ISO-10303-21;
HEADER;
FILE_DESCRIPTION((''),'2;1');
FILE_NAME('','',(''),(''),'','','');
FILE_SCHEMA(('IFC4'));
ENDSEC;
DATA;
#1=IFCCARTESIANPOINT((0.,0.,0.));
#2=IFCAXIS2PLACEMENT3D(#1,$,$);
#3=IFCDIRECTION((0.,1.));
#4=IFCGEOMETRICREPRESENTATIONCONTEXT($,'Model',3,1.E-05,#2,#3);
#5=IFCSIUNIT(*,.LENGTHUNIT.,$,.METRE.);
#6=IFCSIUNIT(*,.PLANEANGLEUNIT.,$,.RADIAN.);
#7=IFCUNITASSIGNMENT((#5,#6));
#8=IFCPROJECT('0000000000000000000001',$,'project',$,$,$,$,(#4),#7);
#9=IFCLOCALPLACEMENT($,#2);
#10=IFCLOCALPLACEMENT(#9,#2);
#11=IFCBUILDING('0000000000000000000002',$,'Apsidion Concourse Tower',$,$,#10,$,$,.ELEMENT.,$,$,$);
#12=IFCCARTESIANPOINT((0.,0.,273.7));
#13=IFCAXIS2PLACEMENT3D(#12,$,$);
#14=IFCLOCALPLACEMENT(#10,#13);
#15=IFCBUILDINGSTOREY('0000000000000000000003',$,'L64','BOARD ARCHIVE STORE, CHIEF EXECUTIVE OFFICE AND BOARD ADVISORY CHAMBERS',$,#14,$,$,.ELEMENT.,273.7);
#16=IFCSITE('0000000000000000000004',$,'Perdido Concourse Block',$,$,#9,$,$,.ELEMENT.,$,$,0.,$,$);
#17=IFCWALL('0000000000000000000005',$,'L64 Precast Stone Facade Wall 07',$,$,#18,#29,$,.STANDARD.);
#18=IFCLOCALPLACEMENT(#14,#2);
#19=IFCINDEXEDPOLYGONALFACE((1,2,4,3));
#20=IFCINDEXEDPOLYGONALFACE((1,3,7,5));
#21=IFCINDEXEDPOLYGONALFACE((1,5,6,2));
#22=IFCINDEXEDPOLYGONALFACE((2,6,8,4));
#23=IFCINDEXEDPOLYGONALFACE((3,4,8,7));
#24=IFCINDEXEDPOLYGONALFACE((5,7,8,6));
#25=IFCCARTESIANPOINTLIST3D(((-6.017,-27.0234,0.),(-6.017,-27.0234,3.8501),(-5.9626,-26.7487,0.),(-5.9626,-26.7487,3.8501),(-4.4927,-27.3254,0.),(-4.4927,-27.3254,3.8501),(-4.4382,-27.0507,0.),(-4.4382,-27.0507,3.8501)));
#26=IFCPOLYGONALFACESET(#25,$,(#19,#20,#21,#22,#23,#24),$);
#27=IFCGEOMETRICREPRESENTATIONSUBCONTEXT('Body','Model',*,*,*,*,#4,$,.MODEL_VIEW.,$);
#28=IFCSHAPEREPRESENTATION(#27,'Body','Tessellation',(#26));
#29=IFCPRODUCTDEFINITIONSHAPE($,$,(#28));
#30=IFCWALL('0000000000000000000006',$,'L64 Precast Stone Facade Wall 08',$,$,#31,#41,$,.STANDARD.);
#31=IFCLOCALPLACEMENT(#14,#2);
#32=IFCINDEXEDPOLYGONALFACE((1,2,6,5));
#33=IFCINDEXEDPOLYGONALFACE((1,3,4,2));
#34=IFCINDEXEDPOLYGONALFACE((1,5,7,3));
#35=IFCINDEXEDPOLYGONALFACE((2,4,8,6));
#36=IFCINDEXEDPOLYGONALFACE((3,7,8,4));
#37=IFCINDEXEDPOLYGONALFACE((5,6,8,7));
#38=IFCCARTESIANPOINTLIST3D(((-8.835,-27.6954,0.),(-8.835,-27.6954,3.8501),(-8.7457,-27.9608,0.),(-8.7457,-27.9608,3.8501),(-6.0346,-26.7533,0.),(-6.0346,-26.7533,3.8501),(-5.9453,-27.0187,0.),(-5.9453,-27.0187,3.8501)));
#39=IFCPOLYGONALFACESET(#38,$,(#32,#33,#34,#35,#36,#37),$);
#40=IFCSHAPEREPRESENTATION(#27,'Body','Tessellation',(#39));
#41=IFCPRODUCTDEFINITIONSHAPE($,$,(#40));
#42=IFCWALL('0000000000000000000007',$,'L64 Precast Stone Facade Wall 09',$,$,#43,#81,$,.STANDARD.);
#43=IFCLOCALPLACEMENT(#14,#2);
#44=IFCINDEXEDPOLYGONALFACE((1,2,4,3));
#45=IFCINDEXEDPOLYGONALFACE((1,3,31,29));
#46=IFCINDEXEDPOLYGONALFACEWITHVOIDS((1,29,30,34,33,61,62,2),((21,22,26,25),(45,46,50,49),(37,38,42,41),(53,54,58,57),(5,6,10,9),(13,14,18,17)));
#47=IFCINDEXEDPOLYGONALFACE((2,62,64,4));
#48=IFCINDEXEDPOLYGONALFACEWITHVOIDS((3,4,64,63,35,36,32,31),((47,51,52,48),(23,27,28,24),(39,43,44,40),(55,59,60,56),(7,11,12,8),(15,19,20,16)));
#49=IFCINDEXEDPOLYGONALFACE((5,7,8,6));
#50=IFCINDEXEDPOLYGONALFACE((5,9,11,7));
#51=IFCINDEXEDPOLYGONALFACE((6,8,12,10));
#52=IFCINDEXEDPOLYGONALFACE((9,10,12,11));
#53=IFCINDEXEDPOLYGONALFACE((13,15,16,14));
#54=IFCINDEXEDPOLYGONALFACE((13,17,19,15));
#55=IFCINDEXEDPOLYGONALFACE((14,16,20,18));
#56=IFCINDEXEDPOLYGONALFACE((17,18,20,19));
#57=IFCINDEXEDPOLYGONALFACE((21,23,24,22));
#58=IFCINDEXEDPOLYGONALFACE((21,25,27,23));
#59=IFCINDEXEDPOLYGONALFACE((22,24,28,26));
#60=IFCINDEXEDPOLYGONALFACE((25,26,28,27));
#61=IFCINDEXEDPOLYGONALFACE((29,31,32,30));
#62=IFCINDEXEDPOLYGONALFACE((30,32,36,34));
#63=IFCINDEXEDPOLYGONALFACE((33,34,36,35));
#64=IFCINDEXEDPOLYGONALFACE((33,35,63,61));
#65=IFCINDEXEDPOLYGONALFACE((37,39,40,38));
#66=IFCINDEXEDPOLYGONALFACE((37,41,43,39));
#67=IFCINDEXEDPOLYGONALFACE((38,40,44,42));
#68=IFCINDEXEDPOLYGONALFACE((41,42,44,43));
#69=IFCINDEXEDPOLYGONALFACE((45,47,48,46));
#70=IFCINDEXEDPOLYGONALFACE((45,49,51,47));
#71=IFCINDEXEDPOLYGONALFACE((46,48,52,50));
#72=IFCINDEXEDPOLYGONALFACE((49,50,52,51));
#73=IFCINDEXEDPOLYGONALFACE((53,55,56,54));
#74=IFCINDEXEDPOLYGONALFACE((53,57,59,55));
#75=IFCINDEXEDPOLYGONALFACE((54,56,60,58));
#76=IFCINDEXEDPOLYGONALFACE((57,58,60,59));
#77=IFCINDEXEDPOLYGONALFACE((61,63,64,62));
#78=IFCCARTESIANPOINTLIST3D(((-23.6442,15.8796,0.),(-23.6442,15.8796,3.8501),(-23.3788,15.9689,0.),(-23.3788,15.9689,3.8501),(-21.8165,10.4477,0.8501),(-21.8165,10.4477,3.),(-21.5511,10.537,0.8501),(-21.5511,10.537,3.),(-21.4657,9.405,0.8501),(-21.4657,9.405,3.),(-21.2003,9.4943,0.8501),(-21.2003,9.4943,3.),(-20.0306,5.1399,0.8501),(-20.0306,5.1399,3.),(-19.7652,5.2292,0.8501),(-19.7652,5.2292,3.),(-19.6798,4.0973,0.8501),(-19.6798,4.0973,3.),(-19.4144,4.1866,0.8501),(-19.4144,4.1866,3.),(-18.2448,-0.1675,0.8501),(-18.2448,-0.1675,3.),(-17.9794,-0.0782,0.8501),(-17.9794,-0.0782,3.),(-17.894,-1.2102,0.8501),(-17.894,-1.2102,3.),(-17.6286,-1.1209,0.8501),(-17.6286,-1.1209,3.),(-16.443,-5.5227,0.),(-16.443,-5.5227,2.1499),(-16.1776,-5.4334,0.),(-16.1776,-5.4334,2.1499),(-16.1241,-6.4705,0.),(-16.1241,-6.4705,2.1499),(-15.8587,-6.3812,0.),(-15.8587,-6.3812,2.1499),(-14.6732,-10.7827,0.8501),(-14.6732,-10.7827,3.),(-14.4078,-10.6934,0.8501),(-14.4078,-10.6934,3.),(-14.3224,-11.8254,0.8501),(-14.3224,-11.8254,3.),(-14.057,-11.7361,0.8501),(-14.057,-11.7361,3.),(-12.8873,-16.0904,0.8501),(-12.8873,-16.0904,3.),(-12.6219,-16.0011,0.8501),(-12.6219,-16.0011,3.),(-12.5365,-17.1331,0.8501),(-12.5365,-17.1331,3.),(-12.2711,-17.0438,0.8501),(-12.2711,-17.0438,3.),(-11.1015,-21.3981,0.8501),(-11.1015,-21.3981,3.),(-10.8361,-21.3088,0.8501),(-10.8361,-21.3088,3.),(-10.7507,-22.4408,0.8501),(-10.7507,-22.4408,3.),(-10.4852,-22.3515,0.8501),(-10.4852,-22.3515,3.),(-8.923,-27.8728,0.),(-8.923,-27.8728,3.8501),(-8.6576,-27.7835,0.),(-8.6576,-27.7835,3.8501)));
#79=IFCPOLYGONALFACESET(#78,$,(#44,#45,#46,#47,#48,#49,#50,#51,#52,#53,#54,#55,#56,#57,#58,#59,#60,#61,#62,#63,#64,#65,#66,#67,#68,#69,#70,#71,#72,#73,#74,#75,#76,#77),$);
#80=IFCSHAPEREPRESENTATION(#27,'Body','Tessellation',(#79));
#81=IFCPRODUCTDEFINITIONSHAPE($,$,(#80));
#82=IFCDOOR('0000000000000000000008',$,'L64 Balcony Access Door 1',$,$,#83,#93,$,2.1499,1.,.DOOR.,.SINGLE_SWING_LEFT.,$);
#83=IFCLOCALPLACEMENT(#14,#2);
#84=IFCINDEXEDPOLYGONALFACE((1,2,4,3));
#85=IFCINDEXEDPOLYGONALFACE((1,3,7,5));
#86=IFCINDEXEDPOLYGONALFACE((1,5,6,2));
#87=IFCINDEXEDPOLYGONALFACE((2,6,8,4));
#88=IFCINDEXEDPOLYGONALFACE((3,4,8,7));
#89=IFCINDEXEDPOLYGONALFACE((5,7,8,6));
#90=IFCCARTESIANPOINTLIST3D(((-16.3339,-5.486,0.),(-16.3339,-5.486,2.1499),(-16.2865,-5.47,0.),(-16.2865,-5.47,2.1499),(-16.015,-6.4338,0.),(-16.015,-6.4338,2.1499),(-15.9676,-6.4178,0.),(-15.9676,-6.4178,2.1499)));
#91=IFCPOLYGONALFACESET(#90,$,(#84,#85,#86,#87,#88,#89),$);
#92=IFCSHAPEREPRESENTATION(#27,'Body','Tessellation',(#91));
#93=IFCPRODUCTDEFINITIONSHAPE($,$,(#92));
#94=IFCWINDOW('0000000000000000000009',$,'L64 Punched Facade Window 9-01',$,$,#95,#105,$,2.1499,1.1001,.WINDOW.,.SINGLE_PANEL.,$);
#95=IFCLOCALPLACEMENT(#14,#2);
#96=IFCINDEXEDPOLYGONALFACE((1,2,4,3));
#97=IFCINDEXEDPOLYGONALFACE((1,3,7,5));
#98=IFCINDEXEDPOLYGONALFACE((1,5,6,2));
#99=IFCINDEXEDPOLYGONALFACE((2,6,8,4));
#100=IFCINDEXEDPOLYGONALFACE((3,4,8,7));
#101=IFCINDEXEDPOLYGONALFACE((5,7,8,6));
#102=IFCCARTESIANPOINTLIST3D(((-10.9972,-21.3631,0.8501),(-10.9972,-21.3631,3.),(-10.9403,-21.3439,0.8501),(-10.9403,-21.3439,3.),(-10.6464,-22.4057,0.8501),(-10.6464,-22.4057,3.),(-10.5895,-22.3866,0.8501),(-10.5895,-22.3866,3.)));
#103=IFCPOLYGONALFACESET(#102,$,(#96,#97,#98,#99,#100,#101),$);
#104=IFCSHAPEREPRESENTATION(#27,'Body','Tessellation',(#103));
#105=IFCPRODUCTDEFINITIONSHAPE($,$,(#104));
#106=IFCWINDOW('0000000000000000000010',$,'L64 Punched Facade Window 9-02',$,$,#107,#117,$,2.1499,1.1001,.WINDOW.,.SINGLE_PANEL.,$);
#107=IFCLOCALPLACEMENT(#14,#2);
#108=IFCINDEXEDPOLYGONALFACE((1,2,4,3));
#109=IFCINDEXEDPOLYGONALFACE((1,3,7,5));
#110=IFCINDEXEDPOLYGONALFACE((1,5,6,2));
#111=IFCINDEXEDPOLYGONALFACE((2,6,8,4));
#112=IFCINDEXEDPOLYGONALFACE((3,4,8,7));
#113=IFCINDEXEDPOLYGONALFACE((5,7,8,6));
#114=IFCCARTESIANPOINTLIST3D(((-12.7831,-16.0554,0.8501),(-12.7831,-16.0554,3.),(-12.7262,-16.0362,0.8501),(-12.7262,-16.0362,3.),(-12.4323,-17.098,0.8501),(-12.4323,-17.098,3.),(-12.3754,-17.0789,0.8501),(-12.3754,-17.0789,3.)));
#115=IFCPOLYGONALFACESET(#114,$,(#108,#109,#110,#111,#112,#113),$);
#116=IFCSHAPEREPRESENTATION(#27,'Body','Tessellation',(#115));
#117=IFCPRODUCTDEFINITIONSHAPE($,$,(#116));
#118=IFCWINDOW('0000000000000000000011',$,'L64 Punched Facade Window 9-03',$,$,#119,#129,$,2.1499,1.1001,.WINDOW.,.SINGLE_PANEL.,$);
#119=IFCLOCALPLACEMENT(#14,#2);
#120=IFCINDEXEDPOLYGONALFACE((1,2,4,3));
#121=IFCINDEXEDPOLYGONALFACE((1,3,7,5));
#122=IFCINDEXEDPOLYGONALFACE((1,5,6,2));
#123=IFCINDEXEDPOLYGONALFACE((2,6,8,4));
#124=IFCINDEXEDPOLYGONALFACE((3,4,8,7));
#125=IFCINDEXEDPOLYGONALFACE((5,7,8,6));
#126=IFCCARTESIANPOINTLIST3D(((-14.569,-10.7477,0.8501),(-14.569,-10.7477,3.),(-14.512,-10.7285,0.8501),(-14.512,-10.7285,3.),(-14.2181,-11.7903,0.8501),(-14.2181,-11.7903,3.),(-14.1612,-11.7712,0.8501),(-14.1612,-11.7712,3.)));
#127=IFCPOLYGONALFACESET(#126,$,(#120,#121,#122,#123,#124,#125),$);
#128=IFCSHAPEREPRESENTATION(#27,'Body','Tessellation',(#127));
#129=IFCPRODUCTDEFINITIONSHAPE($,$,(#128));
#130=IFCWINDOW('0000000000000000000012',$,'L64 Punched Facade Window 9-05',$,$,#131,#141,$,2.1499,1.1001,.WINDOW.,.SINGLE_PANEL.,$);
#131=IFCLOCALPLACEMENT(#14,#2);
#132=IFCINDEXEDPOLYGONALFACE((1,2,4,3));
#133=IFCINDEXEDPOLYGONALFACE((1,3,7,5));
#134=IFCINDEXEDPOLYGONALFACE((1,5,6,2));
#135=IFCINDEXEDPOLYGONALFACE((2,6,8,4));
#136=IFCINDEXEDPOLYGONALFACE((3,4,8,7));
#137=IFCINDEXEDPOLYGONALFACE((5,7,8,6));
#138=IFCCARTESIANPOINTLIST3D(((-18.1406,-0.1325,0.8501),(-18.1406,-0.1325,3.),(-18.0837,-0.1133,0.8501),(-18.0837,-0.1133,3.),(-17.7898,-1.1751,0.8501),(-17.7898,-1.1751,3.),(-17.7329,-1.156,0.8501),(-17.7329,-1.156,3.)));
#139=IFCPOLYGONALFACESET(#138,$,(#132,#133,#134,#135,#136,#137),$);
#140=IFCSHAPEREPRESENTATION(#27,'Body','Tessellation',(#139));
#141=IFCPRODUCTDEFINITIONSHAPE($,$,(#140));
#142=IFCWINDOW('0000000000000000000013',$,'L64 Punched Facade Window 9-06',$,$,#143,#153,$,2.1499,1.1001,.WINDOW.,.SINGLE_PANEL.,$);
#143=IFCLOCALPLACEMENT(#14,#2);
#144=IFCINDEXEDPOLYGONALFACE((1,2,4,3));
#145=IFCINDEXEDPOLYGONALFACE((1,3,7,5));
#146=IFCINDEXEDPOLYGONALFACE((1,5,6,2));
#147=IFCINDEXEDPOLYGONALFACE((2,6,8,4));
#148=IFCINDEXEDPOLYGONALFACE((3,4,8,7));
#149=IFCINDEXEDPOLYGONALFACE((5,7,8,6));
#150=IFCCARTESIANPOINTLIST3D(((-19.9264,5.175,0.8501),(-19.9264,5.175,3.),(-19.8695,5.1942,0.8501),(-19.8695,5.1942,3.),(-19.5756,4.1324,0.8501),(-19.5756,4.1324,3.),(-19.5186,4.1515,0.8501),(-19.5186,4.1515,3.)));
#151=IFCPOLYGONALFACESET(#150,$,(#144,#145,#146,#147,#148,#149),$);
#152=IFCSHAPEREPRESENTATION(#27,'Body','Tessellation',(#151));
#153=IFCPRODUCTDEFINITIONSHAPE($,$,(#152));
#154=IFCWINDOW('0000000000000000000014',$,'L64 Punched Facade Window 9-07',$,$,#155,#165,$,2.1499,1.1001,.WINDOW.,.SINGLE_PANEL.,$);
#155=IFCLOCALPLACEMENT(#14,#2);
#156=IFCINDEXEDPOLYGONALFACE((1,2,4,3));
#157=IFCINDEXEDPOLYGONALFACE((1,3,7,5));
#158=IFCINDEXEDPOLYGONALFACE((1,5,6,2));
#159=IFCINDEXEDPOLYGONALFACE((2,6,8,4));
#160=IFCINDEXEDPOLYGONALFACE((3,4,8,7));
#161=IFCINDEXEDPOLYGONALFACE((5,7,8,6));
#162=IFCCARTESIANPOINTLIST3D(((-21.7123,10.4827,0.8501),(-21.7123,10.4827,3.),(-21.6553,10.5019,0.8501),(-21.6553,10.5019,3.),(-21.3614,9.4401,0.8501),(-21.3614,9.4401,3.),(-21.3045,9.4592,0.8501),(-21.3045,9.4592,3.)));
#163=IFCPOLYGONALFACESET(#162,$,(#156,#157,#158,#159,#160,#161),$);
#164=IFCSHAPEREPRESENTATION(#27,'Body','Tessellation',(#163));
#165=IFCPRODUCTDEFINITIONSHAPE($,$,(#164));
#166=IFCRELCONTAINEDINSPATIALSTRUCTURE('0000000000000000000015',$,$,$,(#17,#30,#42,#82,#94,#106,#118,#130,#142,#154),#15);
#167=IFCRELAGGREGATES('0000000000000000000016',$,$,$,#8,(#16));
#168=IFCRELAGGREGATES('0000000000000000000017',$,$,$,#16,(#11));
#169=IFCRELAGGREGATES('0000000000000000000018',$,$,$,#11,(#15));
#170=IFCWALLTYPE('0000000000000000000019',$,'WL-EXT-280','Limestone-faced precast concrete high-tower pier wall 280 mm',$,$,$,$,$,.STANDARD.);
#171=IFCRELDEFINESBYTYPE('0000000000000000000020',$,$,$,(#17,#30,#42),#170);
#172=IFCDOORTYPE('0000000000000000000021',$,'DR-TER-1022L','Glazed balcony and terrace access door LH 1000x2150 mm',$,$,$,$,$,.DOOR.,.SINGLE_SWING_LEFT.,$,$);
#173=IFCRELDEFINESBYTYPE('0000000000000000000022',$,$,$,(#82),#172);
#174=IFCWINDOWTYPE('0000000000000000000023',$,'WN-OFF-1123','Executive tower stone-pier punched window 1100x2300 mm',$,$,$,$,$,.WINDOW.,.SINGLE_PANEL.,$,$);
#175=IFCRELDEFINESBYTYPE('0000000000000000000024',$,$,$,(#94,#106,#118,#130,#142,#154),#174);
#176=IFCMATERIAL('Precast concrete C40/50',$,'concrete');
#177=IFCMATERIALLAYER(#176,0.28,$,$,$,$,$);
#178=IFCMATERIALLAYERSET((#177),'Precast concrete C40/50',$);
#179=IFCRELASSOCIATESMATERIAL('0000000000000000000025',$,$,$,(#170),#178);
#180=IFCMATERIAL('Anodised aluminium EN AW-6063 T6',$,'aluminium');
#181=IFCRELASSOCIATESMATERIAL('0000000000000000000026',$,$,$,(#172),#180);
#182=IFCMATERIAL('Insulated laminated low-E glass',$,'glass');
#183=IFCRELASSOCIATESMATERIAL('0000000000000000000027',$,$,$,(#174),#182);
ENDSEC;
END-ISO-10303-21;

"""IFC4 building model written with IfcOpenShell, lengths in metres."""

from ifc_helpers import new_model, si_unit, direction, frame, frame_2d, origin, place, context, subcontext, project, spatial, rectangle, extrude, material, layer, layer_set, type_object, element, fill, save


model = new_model("IFC4")

# Units and contexts
model_context = context("Model", 3, precision=1e-05, world=origin(), true_north=direction((0.0, 1.0)))
body_context = subcontext(model_context, "Body", "Model", "MODEL_VIEW")
ifc_project = project(units=[si_unit("LENGTHUNIT", "METRE"), si_unit("PLANEANGLEUNIT", "RADIAN")], contexts=[model_context])

# Site, building, storey
site_placement = place(None, origin())
site = spatial("IfcSite", under=ifc_project, at=site_placement, Name="Perdido Concourse Block", CompositionType="ELEMENT", RefElevation=0.0)
building_placement = place(site_placement, origin())
building = spatial("IfcBuilding", under=site, at=building_placement, Name="Apsidion Concourse Tower", CompositionType="ELEMENT")
storey_placement = place(building_placement, frame((0.0, 0.0, 273.7)))
storey = spatial("IfcBuildingStorey", under=building, at=storey_placement, Name="L64", Description="BOARD ARCHIVE STORE, CHIEF EXECUTIVE OFFICE AND BOARD ADVISORY CHAMBERS", CompositionType="ELEMENT", Elevation=273.7)

# Walls
ifc_material_1 = material(Name="Precast concrete C40/50", Category="concrete")
ifc_layer_1 = layer(ifc_material_1, 0.28)
ifc_layer_set_1 = layer_set([ifc_layer_1], Name="Precast concrete C40/50")
wall_type_1 = type_object("IfcWallType", Name="WL-EXT-280", Description="Limestone-faced precast concrete high-tower pier wall 280 mm", PredefinedType="STANDARD", material=ifc_layer_set_1)
wall_1_placement = place(storey_placement, frame((-4.4656, -27.188, 0.0), z_axis=(0.0, 0.0, 1.0), x_axis=(-0.980936, 0.194333, 0.0)))
element("IfcWall", 1, at=wall_1_placement, inside=storey, type_object=wall_type_1, Name="L64 Precast Stone Facade Wall 07", PredefinedType="STANDARD", context=body_context, shape_type="SweptSolid", body=[
    extrude(rectangle(XDim=1.554, YDim=0.28, at=frame_2d((0.7769, 0.0))), origin(), (0.0, 0.0, 1.0), 3.8501),
])
wall_2_placement = place(storey_placement, frame((-5.99, -26.886, 0.0), z_axis=(0.0, 0.0, 1.0), x_axis=(-0.947795, -0.318879, 0.0)))
element("IfcWall", 2, at=wall_2_placement, inside=storey, type_object=wall_type_1, Name="L64 Precast Stone Facade Wall 08", PredefinedType="STANDARD", context=body_context, shape_type="SweptSolid", body=[
    extrude(rectangle(XDim=2.9546, YDim=0.28, at=frame_2d((1.4773, 0.0))), origin(), (0.0, 0.0, 1.0), 3.8501),
])

# Wall, openings, door, windows
wall_3_placement = place(storey_placement, frame((-8.7903, -27.8281, 0.0), z_axis=(0.0, 0.0, 1.0), x_axis=(-0.318898, 0.947789, 0.0)))
wall_3 = element("IfcWall", 3, at=wall_3_placement, inside=storey, type_object=wall_type_1, Name="L64 Precast Stone Facade Wall 09", PredefinedType="STANDARD", context=body_context, shape_type="SweptSolid", body=[
    extrude(rectangle(XDim=46.1626, YDim=0.28, at=frame_2d((23.0813, 0.0))), origin(), (0.0, 0.0, 1.0), 3.8501),
])
opening_1_placement = place(wall_3_placement, frame((22.5813, 0.0, 0.0)))
opening_1 = element("IfcOpeningElement", 4, at=opening_1_placement, cuts=wall_3, PredefinedType="OPENING", context=body_context, shape_type="SweptSolid", body=[
    extrude(rectangle(XDim=1.0, YDim=2.1499, at=frame_2d((0.5, 1.075))), frame((0.0, 0.1499, 0.0), z_axis=(0.0, -1.0, 0.0), x_axis=(1.0, 0.0, 0.0)), (0.0, 0.0, 1.0), 0.3),
])
opening_2_placement = place(wall_3_placement, frame((5.7312, 0.0, 0.8501)))
opening_2 = element("IfcOpeningElement", 5, at=opening_2_placement, cuts=wall_3, PredefinedType="OPENING", context=body_context, shape_type="SweptSolid", body=[
    extrude(rectangle(XDim=1.1001, YDim=2.1499, at=frame_2d((0.55, 1.075))), frame((0.0, 0.1499, 0.0), z_axis=(0.0, -1.0, 0.0), x_axis=(1.0, 0.0, 0.0)), (0.0, 0.0, 1.0), 0.3),
])
opening_3_placement = place(wall_3_placement, frame((11.3313, 0.0, 0.8501)))
opening_3 = element("IfcOpeningElement", 6, at=opening_3_placement, cuts=wall_3, PredefinedType="OPENING", context=body_context, shape_type="SweptSolid", body=[
    extrude(rectangle(XDim=1.1001, YDim=2.1499, at=frame_2d((0.55, 1.075))), frame((0.0, 0.1499, 0.0), z_axis=(0.0, -1.0, 0.0), x_axis=(1.0, 0.0, 0.0)), (0.0, 0.0, 1.0), 0.3),
])
opening_4_placement = place(wall_3_placement, frame((16.9314, 0.0, 0.8501)))
opening_4 = element("IfcOpeningElement", 7, at=opening_4_placement, cuts=wall_3, PredefinedType="OPENING", context=body_context, shape_type="SweptSolid", body=[
    extrude(rectangle(XDim=1.1001, YDim=2.1499, at=frame_2d((0.55, 1.075))), frame((0.0, 0.1499, 0.0), z_axis=(0.0, -1.0, 0.0), x_axis=(1.0, 0.0, 0.0)), (0.0, 0.0, 1.0), 0.3),
])
opening_5_placement = place(wall_3_placement, frame((28.1313, 0.0, 0.8501)))
opening_5 = element("IfcOpeningElement", 8, at=opening_5_placement, cuts=wall_3, PredefinedType="OPENING", context=body_context, shape_type="SweptSolid", body=[
    extrude(rectangle(XDim=1.1001, YDim=2.1499, at=frame_2d((0.55, 1.075))), frame((0.0, 0.1499, 0.0), z_axis=(0.0, -1.0, 0.0), x_axis=(1.0, 0.0, 0.0)), (0.0, 0.0, 1.0), 0.3),
])
opening_6_placement = place(wall_3_placement, frame((33.7312, 0.0, 0.8501)))
opening_6 = element("IfcOpeningElement", 9, at=opening_6_placement, cuts=wall_3, PredefinedType="OPENING", context=body_context, shape_type="SweptSolid", body=[
    extrude(rectangle(XDim=1.1001, YDim=2.1499, at=frame_2d((0.55, 1.075))), frame((0.0, 0.1499, 0.0), z_axis=(0.0, -1.0, 0.0), x_axis=(1.0, 0.0, 0.0)), (0.0, 0.0, 1.0), 0.3),
])
opening_7_placement = place(wall_3_placement, frame((39.3313, 0.0, 0.8501)))
opening_7 = element("IfcOpeningElement", 10, at=opening_7_placement, cuts=wall_3, PredefinedType="OPENING", context=body_context, shape_type="SweptSolid", body=[
    extrude(rectangle(XDim=1.1001, YDim=2.1499, at=frame_2d((0.55, 1.075))), frame((0.0, 0.1499, 0.0), z_axis=(0.0, -1.0, 0.0), x_axis=(1.0, 0.0, 0.0)), (0.0, 0.0, 1.0), 0.3),
])
ifc_material_2 = material(Name="Anodised aluminium EN AW-6063 T6", Category="aluminium")
door_type_1 = type_object("IfcDoorType", Name="DR-TER-1022L", Description="Glazed balcony and terrace access door LH 1000x2150 mm", OperationType="SINGLE_SWING_LEFT", PredefinedType="DOOR", material=ifc_material_2)
door_1_placement = place(opening_1_placement, origin())
door_1 = element("IfcDoor", 11, at=door_1_placement, inside=storey, type_object=door_type_1, Name="L64 Balcony Access Door 1", OperationType="SINGLE_SWING_LEFT", OverallHeight=2.1499, OverallWidth=1.0, PredefinedType="DOOR", context=body_context, shape_type="SweptSolid", body=[
    extrude(rectangle(XDim=1.0, YDim=2.1499, at=frame_2d((0.5, 1.075))), frame((0.0, 0.0249, 0.0), z_axis=(0.0, -1.0, 0.0), x_axis=(1.0, 0.0, 0.0)), (0.0, 0.0, 1.0), 0.05),
])
fill(opening_1, door_1)
ifc_material_3 = material(Name="Insulated laminated low-E glass", Category="glass")
window_type = type_object("IfcWindowType", Name="WN-OFF-1123", Description="Executive tower stone-pier punched window 1100x2300 mm", PartitioningType="SINGLE_PANEL", PredefinedType="WINDOW", material=ifc_material_3)
window_1_placement = place(opening_2_placement, origin())
window_1 = element("IfcWindow", 12, at=window_1_placement, inside=storey, type_object=window_type, Name="L64 Punched Facade Window 9-01", OverallHeight=2.1499, OverallWidth=1.1001, PartitioningType="SINGLE_PANEL", PredefinedType="WINDOW", context=body_context, shape_type="SweptSolid", body=[
    extrude(rectangle(XDim=1.1001, YDim=2.1499, at=frame_2d((0.55, 1.075))), frame((0.0, 0.03, 0.0), z_axis=(0.0, -1.0, 0.0), x_axis=(1.0, 0.0, 0.0)), (0.0, 0.0, 1.0), 0.0601),
])
fill(opening_2, window_1)
window_2_placement = place(opening_3_placement, origin())
window_2 = element("IfcWindow", 13, at=window_2_placement, inside=storey, type_object=window_type, Name="L64 Punched Facade Window 9-02", OverallHeight=2.1499, OverallWidth=1.1001, PartitioningType="SINGLE_PANEL", PredefinedType="WINDOW", context=body_context, shape_type="SweptSolid", body=[
    extrude(rectangle(XDim=1.1001, YDim=2.1499, at=frame_2d((0.55, 1.075))), frame((0.0, 0.03, 0.0), z_axis=(0.0, -1.0, 0.0), x_axis=(1.0, 0.0, 0.0)), (0.0, 0.0, 1.0), 0.0601),
])
fill(opening_3, window_2)
window_3_placement = place(opening_4_placement, origin())
window_3 = element("IfcWindow", 14, at=window_3_placement, inside=storey, type_object=window_type, Name="L64 Punched Facade Window 9-03", OverallHeight=2.1499, OverallWidth=1.1001, PartitioningType="SINGLE_PANEL", PredefinedType="WINDOW", context=body_context, shape_type="SweptSolid", body=[
    extrude(rectangle(XDim=1.1001, YDim=2.1499, at=frame_2d((0.55, 1.075))), frame((0.0, 0.03, 0.0), z_axis=(0.0, -1.0, 0.0), x_axis=(1.0, 0.0, 0.0)), (0.0, 0.0, 1.0), 0.0601),
])
fill(opening_4, window_3)
window_4_placement = place(opening_5_placement, origin())
window_4 = element("IfcWindow", 15, at=window_4_placement, inside=storey, type_object=window_type, Name="L64 Punched Facade Window 9-05", OverallHeight=2.1499, OverallWidth=1.1001, PartitioningType="SINGLE_PANEL", PredefinedType="WINDOW", context=body_context, shape_type="SweptSolid", body=[
    extrude(rectangle(XDim=1.1001, YDim=2.1499, at=frame_2d((0.55, 1.075))), frame((0.0, 0.03, 0.0), z_axis=(0.0, -1.0, 0.0), x_axis=(1.0, 0.0, 0.0)), (0.0, 0.0, 1.0), 0.0601),
])
fill(opening_5, window_4)
window_5_placement = place(opening_6_placement, origin())
window_5 = element("IfcWindow", 16, at=window_5_placement, inside=storey, type_object=window_type, Name="L64 Punched Facade Window 9-06", OverallHeight=2.1499, OverallWidth=1.1001, PartitioningType="SINGLE_PANEL", PredefinedType="WINDOW", context=body_context, shape_type="SweptSolid", body=[
    extrude(rectangle(XDim=1.1001, YDim=2.1499, at=frame_2d((0.55, 1.075))), frame((0.0, 0.03, 0.0), z_axis=(0.0, -1.0, 0.0), x_axis=(1.0, 0.0, 0.0)), (0.0, 0.0, 1.0), 0.0601),
])
fill(opening_6, window_5)
window_6_placement = place(opening_7_placement, origin())
window_6 = element("IfcWindow", 17, at=window_6_placement, inside=storey, type_object=window_type, Name="L64 Punched Facade Window 9-07", OverallHeight=2.1499, OverallWidth=1.1001, PartitioningType="SINGLE_PANEL", PredefinedType="WINDOW", context=body_context, shape_type="SweptSolid", body=[
    extrude(rectangle(XDim=1.1001, YDim=2.1499, at=frame_2d((0.55, 1.075))), frame((0.0, 0.03, 0.0), z_axis=(0.0, -1.0, 0.0), x_axis=(1.0, 0.0, 0.0)), (0.0, 0.0, 1.0), 0.0601),
])
fill(opening_7, window_6)

save(model, "model.ifc")
